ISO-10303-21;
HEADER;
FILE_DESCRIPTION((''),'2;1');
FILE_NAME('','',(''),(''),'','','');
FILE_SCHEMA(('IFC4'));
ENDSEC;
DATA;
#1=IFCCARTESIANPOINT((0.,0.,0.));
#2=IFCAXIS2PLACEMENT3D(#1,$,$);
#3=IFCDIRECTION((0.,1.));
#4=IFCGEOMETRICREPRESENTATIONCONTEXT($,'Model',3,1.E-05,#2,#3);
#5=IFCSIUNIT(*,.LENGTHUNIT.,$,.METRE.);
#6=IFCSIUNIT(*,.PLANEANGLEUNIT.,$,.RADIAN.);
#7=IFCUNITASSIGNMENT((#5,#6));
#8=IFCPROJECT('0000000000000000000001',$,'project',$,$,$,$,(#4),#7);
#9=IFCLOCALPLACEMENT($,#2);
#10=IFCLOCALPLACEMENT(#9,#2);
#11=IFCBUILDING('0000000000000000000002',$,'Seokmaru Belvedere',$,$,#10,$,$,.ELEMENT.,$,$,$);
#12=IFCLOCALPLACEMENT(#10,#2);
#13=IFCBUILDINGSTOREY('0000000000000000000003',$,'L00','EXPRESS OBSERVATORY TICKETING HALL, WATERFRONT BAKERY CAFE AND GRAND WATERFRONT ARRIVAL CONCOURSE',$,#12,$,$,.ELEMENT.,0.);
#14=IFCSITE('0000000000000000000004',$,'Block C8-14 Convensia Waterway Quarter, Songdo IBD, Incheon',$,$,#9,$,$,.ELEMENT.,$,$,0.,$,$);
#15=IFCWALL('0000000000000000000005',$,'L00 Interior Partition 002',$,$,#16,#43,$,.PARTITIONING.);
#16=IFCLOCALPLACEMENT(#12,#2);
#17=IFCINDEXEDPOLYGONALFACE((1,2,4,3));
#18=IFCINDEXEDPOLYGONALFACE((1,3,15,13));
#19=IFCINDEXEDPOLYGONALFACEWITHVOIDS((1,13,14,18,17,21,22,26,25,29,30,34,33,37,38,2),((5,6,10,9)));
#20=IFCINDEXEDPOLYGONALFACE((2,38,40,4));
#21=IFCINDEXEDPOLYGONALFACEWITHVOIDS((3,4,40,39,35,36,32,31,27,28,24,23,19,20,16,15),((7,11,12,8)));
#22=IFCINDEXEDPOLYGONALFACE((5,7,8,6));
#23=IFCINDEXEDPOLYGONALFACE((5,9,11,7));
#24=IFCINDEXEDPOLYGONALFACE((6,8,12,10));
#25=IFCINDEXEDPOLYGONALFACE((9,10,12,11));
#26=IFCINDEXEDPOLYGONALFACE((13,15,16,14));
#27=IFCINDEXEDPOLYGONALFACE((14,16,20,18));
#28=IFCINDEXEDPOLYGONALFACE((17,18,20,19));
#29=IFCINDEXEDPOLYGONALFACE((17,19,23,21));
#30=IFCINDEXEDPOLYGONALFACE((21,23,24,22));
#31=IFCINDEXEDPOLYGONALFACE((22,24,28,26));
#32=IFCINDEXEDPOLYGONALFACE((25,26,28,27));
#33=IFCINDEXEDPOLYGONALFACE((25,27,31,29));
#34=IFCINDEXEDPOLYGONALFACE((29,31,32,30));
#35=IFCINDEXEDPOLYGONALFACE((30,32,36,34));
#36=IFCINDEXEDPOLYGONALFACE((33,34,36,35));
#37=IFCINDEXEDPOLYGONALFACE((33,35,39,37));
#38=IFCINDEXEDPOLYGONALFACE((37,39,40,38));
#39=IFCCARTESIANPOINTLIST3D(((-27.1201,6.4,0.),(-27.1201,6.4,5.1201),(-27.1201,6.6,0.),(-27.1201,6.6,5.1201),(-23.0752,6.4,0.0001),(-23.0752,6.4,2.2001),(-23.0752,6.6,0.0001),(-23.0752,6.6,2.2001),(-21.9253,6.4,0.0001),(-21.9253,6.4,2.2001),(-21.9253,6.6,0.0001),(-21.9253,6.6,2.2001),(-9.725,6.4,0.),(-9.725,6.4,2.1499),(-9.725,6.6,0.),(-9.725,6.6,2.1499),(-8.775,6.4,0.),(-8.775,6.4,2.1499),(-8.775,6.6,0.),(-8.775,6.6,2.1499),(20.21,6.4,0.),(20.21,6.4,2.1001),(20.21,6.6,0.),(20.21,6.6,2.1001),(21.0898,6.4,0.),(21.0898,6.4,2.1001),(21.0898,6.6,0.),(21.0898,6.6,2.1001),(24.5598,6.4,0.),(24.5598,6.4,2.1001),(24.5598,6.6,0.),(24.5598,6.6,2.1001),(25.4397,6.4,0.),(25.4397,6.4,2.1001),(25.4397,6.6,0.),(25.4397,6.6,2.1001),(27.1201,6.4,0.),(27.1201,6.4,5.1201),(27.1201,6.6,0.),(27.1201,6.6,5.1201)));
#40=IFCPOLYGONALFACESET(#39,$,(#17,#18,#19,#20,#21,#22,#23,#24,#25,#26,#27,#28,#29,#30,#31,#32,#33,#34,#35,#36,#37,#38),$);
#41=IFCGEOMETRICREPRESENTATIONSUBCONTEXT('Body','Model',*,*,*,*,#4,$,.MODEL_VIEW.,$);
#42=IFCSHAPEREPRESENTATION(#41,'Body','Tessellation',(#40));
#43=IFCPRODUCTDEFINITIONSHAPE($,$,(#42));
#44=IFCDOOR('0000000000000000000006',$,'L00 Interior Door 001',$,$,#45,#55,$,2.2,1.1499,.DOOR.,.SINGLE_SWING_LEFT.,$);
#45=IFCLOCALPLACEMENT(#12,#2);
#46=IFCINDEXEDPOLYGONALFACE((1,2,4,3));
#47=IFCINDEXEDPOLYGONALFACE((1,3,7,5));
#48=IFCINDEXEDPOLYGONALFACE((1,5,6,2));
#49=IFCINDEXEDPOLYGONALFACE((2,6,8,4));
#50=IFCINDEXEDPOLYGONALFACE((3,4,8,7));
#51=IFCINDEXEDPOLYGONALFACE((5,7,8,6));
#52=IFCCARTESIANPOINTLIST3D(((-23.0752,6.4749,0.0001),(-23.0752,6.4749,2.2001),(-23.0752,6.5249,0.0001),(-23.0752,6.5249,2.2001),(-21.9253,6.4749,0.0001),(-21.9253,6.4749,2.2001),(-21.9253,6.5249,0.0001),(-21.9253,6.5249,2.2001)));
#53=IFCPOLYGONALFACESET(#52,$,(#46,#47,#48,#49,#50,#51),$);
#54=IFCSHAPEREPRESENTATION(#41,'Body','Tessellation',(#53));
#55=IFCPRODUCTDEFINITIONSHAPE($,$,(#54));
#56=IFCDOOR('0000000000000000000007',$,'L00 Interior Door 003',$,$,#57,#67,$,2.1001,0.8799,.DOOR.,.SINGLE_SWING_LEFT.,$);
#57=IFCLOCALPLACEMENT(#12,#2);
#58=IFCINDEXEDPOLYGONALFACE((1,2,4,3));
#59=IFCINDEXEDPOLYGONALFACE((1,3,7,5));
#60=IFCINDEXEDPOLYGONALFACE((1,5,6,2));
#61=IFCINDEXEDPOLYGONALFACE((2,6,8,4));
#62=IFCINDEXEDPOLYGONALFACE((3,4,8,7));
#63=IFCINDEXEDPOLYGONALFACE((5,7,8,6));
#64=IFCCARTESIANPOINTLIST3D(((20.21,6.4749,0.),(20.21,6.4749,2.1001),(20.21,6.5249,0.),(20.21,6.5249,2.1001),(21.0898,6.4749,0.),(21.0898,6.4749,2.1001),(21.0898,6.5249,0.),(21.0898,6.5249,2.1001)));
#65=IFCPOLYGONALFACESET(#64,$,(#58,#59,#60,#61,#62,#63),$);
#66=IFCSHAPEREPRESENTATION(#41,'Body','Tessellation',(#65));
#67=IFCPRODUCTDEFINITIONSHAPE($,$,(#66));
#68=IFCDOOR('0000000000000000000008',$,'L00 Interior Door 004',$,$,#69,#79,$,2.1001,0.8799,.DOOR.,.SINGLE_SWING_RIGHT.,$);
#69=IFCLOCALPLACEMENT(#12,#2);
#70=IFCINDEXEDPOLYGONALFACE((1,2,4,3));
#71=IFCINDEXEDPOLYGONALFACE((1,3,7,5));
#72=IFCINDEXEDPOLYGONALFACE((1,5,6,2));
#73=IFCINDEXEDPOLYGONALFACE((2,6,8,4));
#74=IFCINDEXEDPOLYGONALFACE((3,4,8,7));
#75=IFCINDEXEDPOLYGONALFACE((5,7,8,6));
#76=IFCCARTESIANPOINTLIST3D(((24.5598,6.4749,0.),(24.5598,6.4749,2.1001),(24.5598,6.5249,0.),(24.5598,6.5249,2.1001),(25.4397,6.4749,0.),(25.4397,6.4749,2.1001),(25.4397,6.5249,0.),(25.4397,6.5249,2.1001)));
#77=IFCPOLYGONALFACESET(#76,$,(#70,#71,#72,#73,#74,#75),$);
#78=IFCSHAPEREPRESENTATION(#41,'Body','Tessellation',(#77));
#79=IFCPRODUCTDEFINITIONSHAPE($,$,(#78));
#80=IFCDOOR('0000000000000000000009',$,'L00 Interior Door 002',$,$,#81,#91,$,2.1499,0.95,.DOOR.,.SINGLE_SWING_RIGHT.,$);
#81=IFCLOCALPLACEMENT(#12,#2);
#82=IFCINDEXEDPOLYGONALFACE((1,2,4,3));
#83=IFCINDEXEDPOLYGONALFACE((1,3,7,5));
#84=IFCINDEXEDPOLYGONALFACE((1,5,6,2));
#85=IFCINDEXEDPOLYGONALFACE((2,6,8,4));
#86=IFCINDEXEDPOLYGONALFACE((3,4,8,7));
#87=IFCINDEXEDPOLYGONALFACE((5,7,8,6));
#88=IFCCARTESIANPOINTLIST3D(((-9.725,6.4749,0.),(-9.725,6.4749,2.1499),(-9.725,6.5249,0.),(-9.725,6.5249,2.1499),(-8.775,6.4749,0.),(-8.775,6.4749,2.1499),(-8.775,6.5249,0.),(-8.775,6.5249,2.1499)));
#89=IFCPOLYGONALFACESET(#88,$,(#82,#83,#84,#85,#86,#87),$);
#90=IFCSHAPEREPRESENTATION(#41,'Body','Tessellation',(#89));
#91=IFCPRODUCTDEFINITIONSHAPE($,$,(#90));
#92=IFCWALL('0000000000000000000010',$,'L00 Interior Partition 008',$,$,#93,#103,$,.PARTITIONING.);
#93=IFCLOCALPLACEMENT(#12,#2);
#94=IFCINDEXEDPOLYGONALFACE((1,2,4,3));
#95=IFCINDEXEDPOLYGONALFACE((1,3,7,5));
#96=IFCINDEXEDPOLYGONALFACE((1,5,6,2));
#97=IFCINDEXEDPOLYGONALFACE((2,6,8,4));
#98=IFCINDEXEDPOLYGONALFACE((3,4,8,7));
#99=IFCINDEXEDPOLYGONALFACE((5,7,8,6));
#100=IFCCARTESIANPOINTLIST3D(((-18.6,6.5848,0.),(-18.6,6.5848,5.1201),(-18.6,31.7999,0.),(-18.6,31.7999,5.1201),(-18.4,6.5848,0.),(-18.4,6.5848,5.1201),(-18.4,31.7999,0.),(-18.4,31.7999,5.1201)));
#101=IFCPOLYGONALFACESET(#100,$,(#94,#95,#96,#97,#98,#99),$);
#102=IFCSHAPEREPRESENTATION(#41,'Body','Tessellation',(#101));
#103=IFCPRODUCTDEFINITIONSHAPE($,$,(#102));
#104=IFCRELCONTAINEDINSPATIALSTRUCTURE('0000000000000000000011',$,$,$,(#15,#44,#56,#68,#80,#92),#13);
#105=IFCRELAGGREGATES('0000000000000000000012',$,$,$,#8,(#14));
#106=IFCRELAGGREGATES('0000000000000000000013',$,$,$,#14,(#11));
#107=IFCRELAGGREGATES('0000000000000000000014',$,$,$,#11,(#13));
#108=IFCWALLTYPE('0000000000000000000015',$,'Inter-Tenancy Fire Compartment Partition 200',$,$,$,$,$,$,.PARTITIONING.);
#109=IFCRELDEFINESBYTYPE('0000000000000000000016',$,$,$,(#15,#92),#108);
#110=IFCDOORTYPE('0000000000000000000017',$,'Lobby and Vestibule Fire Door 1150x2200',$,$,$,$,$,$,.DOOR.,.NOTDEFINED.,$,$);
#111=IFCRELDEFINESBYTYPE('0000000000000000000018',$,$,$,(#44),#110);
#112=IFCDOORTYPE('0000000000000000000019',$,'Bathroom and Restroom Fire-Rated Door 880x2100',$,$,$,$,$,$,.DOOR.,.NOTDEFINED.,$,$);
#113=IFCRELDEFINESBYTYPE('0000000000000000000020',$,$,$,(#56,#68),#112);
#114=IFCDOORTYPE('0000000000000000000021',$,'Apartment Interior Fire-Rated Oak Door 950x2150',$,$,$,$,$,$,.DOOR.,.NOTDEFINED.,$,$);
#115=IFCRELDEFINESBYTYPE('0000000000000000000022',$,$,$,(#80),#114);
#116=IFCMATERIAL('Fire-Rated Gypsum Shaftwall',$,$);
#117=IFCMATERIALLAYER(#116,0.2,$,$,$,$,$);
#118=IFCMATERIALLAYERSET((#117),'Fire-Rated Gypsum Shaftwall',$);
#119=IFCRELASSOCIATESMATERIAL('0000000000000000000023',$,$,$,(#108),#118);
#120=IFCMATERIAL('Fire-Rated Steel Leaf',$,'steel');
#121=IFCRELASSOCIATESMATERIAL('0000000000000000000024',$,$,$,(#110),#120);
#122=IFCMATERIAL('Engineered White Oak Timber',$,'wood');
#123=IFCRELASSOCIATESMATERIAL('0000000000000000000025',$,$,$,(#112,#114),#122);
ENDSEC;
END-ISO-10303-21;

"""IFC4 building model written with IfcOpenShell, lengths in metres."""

from ifc_helpers import new_model, si_unit, direction, frame, frame_2d, origin, place, context, subcontext, project, spatial, rectangle, extrude, source, transform, mapped, material, layer, layer_set, type_object, type_shapes, element, fill, save


model = new_model("IFC4")

# Units and contexts
model_context = context("Model", 3, precision=1e-05, world=origin(), true_north=direction((0.0, 1.0)))
body_context = subcontext(model_context, "Body", "Model", "MODEL_VIEW")
ifc_project = project(units=[si_unit("LENGTHUNIT", "METRE"), si_unit("PLANEANGLEUNIT", "RADIAN")], contexts=[model_context])

# Site, building, storey
site_placement = place(None, origin())
site = spatial("IfcSite", under=ifc_project, at=site_placement, Name="Block C8-14 Convensia Waterway Quarter, Songdo IBD, Incheon", CompositionType="ELEMENT", RefElevation=0.0)
building_placement = place(site_placement, origin())
building = spatial("IfcBuilding", under=site, at=building_placement, Name="Seokmaru Belvedere", CompositionType="ELEMENT")
storey_placement = place(building_placement, origin())
storey = spatial("IfcBuildingStorey", under=building, at=storey_placement, Name="L00", Description="EXPRESS OBSERVATORY TICKETING HALL, WATERFRONT BAKERY CAFE AND GRAND WATERFRONT ARRIVAL CONCOURSE", CompositionType="ELEMENT", Elevation=0.0)

# Wall, openings, doors
ifc_material_1 = material(Name="Fire-Rated Gypsum Shaftwall")
ifc_layer_1 = layer(ifc_material_1, 0.2)
ifc_layer_set_1 = layer_set([ifc_layer_1], Name="Fire-Rated Gypsum Shaftwall")
wall_type = type_object("IfcWallType", Name="Inter-Tenancy Fire Compartment Partition 200", PredefinedType="PARTITIONING", material=ifc_layer_set_1)
wall_1_placement = place(storey_placement, frame((-27.1201, 6.5, 0.0), z_axis=(0.0, 0.0, 1.0), x_axis=(1.0, 0.0, 0.0)))
wall_1 = element("IfcWall", 1, at=wall_1_placement, inside=storey, type_object=wall_type, Name="L00 Interior Partition 002", PredefinedType="PARTITIONING", context=body_context, shape_type="SweptSolid", body=[
    extrude(rectangle(XDim=54.2402, YDim=0.2, at=frame_2d((27.1201, 0.0))), origin(), (0.0, 0.0, 1.0), 5.1201),
])
opening_1_placement = place(wall_1_placement, frame((4.0449, 0.0, 0.0)))
opening_1 = element("IfcOpeningElement", 2, at=opening_1_placement, cuts=wall_1, PredefinedType="OPENING", context=body_context, shape_type="SweptSolid", body=[
    extrude(rectangle(XDim=1.1499, YDim=2.2, at=frame_2d((0.575, 1.1001))), frame((0.0, 0.1099, 0.0), z_axis=(0.0, -1.0, 0.0), x_axis=(1.0, 0.0, 0.0)), (0.0, 0.0, 1.0), 0.22),
])
opening_2_placement = place(wall_1_placement, frame((17.395, 0.0, 0.0)))
opening_2 = element("IfcOpeningElement", 3, at=opening_2_placement, cuts=wall_1, PredefinedType="OPENING", context=body_context, shape_type="SweptSolid", body=[
    extrude(rectangle(XDim=0.95, YDim=2.1499, at=frame_2d((0.4751, 1.075))), frame((0.0, 0.1099, 0.0), z_axis=(0.0, -1.0, 0.0), x_axis=(1.0, 0.0, 0.0)), (0.0, 0.0, 1.0), 0.22),
])
opening_3_placement = place(wall_1_placement, frame((47.3301, 0.0, 0.0)))
opening_3 = element("IfcOpeningElement", 4, at=opening_3_placement, cuts=wall_1, PredefinedType="OPENING", context=body_context, shape_type="SweptSolid", body=[
    extrude(rectangle(XDim=0.8799, YDim=2.1001, at=frame_2d((0.4399, 1.05))), frame((0.0, 0.1099, 0.0), z_axis=(0.0, -1.0, 0.0), x_axis=(1.0, 0.0, 0.0)), (0.0, 0.0, 1.0), 0.22),
])
opening_4_placement = place(wall_1_placement, frame((51.6799, 0.0, 0.0)))
opening_4 = element("IfcOpeningElement", 5, at=opening_4_placement, cuts=wall_1, PredefinedType="OPENING", context=body_context, shape_type="SweptSolid", body=[
    extrude(rectangle(XDim=0.8799, YDim=2.1001, at=frame_2d((0.4399, 1.05))), frame((0.0, 0.1099, 0.0), z_axis=(0.0, -1.0, 0.0), x_axis=(1.0, 0.0, 0.0)), (0.0, 0.0, 1.0), 0.22),
])
ifc_material_2 = material(Name="Fire-Rated Steel Leaf", Category="steel")
door_type_1 = type_object("IfcDoorType", Name="Lobby and Vestibule Fire Door 1150x2200", OperationType="NOTDEFINED", PredefinedType="DOOR", material=ifc_material_2)
shared_shape_1 = source(origin(), body_context, "Body", "SweptSolid", [
    extrude(rectangle(XDim=1.1499, YDim=2.2, at=frame_2d((0.575, 1.1001))), frame((0.0, 0.0249, 0.0), z_axis=(0.0, -1.0, 0.0), x_axis=(1.0, 0.0, 0.0)), (0.0, 0.0, 1.0), 0.05),
])
type_shapes(door_type_1, [shared_shape_1])
door_1_placement = place(opening_1_placement, origin())
door_1 = element("IfcDoor", 6, at=door_1_placement, inside=storey, type_object=door_type_1, Name="L00 Interior Door 001", OperationType="SINGLE_SWING_LEFT", OverallHeight=2.2, OverallWidth=1.1499, PredefinedType="DOOR", context=body_context, shape_type="MappedRepresentation", body=[
    mapped(shared_shape_1, transform((0.0, 0.0, 0.0), scale=1.0)),
])
fill(opening_1, door_1)
ifc_material_3 = material(Name="Engineered White Oak Timber", Category="wood")
door_type_2 = type_object("IfcDoorType", Name="Bathroom and Restroom Fire-Rated Door 880x2100", OperationType="NOTDEFINED", PredefinedType="DOOR", material=ifc_material_3)
shared_shape_2 = source(origin(), body_context, "Body", "SweptSolid", [
    extrude(rectangle(XDim=0.8799, YDim=2.1001, at=frame_2d((0.4399, 1.05))), frame((0.0, 0.0249, 0.0), z_axis=(0.0, -1.0, 0.0), x_axis=(1.0, 0.0, 0.0)), (0.0, 0.0, 1.0), 0.05),
])
type_shapes(door_type_2, [shared_shape_2])
door_2_placement = place(opening_3_placement, origin())
door_2 = element("IfcDoor", 7, at=door_2_placement, inside=storey, type_object=door_type_2, Name="L00 Interior Door 003", OperationType="SINGLE_SWING_LEFT", OverallHeight=2.1001, OverallWidth=0.8799, PredefinedType="DOOR", context=body_context, shape_type="MappedRepresentation", body=[
    mapped(shared_shape_2, transform((0.0, 0.0, 0.0), scale=1.0)),
])
fill(opening_3, door_2)
door_3_placement = place(opening_4_placement, origin())
door_3 = element("IfcDoor", 8, at=door_3_placement, inside=storey, type_object=door_type_2, Name="L00 Interior Door 004", OperationType="SINGLE_SWING_RIGHT", OverallHeight=2.1001, OverallWidth=0.8799, PredefinedType="DOOR", context=body_context, shape_type="MappedRepresentation", body=[
    mapped(shared_shape_2, transform((0.0, 0.0, 0.0), scale=1.0)),
])
fill(opening_4, door_3)
door_type_3 = type_object("IfcDoorType", Name="Apartment Interior Fire-Rated Oak Door 950x2150", OperationType="NOTDEFINED", PredefinedType="DOOR", material=ifc_material_3)
shared_shape_3 = source(origin(), body_context, "Body", "SweptSolid", [
    extrude(rectangle(XDim=0.95, YDim=2.1499, at=frame_2d((0.4751, 1.075))), frame((0.0, 0.0249, 0.0), z_axis=(0.0, -1.0, 0.0), x_axis=(1.0, 0.0, 0.0)), (0.0, 0.0, 1.0), 0.05),
])
type_shapes(door_type_3, [shared_shape_3])
door_4_placement = place(opening_2_placement, origin())
door_4 = element("IfcDoor", 9, at=door_4_placement, inside=storey, type_object=door_type_3, Name="L00 Interior Door 002", OperationType="SINGLE_SWING_RIGHT", OverallHeight=2.1499, OverallWidth=0.95, PredefinedType="DOOR", context=body_context, shape_type="MappedRepresentation", body=[
    mapped(shared_shape_3, transform((0.0, 0.0, 0.0), scale=1.0)),
])
fill(opening_2, door_4)

# Wall
wall_2_placement = place(storey_placement, frame((-18.5, 6.585, 0.0), z_axis=(0.0, 0.0, 1.0), x_axis=(0.0, 1.0, 0.0)))
element("IfcWall", 10, at=wall_2_placement, inside=storey, type_object=wall_type, Name="L00 Interior Partition 008", PredefinedType="PARTITIONING", context=body_context, shape_type="SweptSolid", body=[
    extrude(rectangle(XDim=25.2151, YDim=0.2, at=frame_2d((12.6074, 0.0))), origin(), (0.0, 0.0, 1.0), 5.1201),
])

save(model, "model.ifc")
